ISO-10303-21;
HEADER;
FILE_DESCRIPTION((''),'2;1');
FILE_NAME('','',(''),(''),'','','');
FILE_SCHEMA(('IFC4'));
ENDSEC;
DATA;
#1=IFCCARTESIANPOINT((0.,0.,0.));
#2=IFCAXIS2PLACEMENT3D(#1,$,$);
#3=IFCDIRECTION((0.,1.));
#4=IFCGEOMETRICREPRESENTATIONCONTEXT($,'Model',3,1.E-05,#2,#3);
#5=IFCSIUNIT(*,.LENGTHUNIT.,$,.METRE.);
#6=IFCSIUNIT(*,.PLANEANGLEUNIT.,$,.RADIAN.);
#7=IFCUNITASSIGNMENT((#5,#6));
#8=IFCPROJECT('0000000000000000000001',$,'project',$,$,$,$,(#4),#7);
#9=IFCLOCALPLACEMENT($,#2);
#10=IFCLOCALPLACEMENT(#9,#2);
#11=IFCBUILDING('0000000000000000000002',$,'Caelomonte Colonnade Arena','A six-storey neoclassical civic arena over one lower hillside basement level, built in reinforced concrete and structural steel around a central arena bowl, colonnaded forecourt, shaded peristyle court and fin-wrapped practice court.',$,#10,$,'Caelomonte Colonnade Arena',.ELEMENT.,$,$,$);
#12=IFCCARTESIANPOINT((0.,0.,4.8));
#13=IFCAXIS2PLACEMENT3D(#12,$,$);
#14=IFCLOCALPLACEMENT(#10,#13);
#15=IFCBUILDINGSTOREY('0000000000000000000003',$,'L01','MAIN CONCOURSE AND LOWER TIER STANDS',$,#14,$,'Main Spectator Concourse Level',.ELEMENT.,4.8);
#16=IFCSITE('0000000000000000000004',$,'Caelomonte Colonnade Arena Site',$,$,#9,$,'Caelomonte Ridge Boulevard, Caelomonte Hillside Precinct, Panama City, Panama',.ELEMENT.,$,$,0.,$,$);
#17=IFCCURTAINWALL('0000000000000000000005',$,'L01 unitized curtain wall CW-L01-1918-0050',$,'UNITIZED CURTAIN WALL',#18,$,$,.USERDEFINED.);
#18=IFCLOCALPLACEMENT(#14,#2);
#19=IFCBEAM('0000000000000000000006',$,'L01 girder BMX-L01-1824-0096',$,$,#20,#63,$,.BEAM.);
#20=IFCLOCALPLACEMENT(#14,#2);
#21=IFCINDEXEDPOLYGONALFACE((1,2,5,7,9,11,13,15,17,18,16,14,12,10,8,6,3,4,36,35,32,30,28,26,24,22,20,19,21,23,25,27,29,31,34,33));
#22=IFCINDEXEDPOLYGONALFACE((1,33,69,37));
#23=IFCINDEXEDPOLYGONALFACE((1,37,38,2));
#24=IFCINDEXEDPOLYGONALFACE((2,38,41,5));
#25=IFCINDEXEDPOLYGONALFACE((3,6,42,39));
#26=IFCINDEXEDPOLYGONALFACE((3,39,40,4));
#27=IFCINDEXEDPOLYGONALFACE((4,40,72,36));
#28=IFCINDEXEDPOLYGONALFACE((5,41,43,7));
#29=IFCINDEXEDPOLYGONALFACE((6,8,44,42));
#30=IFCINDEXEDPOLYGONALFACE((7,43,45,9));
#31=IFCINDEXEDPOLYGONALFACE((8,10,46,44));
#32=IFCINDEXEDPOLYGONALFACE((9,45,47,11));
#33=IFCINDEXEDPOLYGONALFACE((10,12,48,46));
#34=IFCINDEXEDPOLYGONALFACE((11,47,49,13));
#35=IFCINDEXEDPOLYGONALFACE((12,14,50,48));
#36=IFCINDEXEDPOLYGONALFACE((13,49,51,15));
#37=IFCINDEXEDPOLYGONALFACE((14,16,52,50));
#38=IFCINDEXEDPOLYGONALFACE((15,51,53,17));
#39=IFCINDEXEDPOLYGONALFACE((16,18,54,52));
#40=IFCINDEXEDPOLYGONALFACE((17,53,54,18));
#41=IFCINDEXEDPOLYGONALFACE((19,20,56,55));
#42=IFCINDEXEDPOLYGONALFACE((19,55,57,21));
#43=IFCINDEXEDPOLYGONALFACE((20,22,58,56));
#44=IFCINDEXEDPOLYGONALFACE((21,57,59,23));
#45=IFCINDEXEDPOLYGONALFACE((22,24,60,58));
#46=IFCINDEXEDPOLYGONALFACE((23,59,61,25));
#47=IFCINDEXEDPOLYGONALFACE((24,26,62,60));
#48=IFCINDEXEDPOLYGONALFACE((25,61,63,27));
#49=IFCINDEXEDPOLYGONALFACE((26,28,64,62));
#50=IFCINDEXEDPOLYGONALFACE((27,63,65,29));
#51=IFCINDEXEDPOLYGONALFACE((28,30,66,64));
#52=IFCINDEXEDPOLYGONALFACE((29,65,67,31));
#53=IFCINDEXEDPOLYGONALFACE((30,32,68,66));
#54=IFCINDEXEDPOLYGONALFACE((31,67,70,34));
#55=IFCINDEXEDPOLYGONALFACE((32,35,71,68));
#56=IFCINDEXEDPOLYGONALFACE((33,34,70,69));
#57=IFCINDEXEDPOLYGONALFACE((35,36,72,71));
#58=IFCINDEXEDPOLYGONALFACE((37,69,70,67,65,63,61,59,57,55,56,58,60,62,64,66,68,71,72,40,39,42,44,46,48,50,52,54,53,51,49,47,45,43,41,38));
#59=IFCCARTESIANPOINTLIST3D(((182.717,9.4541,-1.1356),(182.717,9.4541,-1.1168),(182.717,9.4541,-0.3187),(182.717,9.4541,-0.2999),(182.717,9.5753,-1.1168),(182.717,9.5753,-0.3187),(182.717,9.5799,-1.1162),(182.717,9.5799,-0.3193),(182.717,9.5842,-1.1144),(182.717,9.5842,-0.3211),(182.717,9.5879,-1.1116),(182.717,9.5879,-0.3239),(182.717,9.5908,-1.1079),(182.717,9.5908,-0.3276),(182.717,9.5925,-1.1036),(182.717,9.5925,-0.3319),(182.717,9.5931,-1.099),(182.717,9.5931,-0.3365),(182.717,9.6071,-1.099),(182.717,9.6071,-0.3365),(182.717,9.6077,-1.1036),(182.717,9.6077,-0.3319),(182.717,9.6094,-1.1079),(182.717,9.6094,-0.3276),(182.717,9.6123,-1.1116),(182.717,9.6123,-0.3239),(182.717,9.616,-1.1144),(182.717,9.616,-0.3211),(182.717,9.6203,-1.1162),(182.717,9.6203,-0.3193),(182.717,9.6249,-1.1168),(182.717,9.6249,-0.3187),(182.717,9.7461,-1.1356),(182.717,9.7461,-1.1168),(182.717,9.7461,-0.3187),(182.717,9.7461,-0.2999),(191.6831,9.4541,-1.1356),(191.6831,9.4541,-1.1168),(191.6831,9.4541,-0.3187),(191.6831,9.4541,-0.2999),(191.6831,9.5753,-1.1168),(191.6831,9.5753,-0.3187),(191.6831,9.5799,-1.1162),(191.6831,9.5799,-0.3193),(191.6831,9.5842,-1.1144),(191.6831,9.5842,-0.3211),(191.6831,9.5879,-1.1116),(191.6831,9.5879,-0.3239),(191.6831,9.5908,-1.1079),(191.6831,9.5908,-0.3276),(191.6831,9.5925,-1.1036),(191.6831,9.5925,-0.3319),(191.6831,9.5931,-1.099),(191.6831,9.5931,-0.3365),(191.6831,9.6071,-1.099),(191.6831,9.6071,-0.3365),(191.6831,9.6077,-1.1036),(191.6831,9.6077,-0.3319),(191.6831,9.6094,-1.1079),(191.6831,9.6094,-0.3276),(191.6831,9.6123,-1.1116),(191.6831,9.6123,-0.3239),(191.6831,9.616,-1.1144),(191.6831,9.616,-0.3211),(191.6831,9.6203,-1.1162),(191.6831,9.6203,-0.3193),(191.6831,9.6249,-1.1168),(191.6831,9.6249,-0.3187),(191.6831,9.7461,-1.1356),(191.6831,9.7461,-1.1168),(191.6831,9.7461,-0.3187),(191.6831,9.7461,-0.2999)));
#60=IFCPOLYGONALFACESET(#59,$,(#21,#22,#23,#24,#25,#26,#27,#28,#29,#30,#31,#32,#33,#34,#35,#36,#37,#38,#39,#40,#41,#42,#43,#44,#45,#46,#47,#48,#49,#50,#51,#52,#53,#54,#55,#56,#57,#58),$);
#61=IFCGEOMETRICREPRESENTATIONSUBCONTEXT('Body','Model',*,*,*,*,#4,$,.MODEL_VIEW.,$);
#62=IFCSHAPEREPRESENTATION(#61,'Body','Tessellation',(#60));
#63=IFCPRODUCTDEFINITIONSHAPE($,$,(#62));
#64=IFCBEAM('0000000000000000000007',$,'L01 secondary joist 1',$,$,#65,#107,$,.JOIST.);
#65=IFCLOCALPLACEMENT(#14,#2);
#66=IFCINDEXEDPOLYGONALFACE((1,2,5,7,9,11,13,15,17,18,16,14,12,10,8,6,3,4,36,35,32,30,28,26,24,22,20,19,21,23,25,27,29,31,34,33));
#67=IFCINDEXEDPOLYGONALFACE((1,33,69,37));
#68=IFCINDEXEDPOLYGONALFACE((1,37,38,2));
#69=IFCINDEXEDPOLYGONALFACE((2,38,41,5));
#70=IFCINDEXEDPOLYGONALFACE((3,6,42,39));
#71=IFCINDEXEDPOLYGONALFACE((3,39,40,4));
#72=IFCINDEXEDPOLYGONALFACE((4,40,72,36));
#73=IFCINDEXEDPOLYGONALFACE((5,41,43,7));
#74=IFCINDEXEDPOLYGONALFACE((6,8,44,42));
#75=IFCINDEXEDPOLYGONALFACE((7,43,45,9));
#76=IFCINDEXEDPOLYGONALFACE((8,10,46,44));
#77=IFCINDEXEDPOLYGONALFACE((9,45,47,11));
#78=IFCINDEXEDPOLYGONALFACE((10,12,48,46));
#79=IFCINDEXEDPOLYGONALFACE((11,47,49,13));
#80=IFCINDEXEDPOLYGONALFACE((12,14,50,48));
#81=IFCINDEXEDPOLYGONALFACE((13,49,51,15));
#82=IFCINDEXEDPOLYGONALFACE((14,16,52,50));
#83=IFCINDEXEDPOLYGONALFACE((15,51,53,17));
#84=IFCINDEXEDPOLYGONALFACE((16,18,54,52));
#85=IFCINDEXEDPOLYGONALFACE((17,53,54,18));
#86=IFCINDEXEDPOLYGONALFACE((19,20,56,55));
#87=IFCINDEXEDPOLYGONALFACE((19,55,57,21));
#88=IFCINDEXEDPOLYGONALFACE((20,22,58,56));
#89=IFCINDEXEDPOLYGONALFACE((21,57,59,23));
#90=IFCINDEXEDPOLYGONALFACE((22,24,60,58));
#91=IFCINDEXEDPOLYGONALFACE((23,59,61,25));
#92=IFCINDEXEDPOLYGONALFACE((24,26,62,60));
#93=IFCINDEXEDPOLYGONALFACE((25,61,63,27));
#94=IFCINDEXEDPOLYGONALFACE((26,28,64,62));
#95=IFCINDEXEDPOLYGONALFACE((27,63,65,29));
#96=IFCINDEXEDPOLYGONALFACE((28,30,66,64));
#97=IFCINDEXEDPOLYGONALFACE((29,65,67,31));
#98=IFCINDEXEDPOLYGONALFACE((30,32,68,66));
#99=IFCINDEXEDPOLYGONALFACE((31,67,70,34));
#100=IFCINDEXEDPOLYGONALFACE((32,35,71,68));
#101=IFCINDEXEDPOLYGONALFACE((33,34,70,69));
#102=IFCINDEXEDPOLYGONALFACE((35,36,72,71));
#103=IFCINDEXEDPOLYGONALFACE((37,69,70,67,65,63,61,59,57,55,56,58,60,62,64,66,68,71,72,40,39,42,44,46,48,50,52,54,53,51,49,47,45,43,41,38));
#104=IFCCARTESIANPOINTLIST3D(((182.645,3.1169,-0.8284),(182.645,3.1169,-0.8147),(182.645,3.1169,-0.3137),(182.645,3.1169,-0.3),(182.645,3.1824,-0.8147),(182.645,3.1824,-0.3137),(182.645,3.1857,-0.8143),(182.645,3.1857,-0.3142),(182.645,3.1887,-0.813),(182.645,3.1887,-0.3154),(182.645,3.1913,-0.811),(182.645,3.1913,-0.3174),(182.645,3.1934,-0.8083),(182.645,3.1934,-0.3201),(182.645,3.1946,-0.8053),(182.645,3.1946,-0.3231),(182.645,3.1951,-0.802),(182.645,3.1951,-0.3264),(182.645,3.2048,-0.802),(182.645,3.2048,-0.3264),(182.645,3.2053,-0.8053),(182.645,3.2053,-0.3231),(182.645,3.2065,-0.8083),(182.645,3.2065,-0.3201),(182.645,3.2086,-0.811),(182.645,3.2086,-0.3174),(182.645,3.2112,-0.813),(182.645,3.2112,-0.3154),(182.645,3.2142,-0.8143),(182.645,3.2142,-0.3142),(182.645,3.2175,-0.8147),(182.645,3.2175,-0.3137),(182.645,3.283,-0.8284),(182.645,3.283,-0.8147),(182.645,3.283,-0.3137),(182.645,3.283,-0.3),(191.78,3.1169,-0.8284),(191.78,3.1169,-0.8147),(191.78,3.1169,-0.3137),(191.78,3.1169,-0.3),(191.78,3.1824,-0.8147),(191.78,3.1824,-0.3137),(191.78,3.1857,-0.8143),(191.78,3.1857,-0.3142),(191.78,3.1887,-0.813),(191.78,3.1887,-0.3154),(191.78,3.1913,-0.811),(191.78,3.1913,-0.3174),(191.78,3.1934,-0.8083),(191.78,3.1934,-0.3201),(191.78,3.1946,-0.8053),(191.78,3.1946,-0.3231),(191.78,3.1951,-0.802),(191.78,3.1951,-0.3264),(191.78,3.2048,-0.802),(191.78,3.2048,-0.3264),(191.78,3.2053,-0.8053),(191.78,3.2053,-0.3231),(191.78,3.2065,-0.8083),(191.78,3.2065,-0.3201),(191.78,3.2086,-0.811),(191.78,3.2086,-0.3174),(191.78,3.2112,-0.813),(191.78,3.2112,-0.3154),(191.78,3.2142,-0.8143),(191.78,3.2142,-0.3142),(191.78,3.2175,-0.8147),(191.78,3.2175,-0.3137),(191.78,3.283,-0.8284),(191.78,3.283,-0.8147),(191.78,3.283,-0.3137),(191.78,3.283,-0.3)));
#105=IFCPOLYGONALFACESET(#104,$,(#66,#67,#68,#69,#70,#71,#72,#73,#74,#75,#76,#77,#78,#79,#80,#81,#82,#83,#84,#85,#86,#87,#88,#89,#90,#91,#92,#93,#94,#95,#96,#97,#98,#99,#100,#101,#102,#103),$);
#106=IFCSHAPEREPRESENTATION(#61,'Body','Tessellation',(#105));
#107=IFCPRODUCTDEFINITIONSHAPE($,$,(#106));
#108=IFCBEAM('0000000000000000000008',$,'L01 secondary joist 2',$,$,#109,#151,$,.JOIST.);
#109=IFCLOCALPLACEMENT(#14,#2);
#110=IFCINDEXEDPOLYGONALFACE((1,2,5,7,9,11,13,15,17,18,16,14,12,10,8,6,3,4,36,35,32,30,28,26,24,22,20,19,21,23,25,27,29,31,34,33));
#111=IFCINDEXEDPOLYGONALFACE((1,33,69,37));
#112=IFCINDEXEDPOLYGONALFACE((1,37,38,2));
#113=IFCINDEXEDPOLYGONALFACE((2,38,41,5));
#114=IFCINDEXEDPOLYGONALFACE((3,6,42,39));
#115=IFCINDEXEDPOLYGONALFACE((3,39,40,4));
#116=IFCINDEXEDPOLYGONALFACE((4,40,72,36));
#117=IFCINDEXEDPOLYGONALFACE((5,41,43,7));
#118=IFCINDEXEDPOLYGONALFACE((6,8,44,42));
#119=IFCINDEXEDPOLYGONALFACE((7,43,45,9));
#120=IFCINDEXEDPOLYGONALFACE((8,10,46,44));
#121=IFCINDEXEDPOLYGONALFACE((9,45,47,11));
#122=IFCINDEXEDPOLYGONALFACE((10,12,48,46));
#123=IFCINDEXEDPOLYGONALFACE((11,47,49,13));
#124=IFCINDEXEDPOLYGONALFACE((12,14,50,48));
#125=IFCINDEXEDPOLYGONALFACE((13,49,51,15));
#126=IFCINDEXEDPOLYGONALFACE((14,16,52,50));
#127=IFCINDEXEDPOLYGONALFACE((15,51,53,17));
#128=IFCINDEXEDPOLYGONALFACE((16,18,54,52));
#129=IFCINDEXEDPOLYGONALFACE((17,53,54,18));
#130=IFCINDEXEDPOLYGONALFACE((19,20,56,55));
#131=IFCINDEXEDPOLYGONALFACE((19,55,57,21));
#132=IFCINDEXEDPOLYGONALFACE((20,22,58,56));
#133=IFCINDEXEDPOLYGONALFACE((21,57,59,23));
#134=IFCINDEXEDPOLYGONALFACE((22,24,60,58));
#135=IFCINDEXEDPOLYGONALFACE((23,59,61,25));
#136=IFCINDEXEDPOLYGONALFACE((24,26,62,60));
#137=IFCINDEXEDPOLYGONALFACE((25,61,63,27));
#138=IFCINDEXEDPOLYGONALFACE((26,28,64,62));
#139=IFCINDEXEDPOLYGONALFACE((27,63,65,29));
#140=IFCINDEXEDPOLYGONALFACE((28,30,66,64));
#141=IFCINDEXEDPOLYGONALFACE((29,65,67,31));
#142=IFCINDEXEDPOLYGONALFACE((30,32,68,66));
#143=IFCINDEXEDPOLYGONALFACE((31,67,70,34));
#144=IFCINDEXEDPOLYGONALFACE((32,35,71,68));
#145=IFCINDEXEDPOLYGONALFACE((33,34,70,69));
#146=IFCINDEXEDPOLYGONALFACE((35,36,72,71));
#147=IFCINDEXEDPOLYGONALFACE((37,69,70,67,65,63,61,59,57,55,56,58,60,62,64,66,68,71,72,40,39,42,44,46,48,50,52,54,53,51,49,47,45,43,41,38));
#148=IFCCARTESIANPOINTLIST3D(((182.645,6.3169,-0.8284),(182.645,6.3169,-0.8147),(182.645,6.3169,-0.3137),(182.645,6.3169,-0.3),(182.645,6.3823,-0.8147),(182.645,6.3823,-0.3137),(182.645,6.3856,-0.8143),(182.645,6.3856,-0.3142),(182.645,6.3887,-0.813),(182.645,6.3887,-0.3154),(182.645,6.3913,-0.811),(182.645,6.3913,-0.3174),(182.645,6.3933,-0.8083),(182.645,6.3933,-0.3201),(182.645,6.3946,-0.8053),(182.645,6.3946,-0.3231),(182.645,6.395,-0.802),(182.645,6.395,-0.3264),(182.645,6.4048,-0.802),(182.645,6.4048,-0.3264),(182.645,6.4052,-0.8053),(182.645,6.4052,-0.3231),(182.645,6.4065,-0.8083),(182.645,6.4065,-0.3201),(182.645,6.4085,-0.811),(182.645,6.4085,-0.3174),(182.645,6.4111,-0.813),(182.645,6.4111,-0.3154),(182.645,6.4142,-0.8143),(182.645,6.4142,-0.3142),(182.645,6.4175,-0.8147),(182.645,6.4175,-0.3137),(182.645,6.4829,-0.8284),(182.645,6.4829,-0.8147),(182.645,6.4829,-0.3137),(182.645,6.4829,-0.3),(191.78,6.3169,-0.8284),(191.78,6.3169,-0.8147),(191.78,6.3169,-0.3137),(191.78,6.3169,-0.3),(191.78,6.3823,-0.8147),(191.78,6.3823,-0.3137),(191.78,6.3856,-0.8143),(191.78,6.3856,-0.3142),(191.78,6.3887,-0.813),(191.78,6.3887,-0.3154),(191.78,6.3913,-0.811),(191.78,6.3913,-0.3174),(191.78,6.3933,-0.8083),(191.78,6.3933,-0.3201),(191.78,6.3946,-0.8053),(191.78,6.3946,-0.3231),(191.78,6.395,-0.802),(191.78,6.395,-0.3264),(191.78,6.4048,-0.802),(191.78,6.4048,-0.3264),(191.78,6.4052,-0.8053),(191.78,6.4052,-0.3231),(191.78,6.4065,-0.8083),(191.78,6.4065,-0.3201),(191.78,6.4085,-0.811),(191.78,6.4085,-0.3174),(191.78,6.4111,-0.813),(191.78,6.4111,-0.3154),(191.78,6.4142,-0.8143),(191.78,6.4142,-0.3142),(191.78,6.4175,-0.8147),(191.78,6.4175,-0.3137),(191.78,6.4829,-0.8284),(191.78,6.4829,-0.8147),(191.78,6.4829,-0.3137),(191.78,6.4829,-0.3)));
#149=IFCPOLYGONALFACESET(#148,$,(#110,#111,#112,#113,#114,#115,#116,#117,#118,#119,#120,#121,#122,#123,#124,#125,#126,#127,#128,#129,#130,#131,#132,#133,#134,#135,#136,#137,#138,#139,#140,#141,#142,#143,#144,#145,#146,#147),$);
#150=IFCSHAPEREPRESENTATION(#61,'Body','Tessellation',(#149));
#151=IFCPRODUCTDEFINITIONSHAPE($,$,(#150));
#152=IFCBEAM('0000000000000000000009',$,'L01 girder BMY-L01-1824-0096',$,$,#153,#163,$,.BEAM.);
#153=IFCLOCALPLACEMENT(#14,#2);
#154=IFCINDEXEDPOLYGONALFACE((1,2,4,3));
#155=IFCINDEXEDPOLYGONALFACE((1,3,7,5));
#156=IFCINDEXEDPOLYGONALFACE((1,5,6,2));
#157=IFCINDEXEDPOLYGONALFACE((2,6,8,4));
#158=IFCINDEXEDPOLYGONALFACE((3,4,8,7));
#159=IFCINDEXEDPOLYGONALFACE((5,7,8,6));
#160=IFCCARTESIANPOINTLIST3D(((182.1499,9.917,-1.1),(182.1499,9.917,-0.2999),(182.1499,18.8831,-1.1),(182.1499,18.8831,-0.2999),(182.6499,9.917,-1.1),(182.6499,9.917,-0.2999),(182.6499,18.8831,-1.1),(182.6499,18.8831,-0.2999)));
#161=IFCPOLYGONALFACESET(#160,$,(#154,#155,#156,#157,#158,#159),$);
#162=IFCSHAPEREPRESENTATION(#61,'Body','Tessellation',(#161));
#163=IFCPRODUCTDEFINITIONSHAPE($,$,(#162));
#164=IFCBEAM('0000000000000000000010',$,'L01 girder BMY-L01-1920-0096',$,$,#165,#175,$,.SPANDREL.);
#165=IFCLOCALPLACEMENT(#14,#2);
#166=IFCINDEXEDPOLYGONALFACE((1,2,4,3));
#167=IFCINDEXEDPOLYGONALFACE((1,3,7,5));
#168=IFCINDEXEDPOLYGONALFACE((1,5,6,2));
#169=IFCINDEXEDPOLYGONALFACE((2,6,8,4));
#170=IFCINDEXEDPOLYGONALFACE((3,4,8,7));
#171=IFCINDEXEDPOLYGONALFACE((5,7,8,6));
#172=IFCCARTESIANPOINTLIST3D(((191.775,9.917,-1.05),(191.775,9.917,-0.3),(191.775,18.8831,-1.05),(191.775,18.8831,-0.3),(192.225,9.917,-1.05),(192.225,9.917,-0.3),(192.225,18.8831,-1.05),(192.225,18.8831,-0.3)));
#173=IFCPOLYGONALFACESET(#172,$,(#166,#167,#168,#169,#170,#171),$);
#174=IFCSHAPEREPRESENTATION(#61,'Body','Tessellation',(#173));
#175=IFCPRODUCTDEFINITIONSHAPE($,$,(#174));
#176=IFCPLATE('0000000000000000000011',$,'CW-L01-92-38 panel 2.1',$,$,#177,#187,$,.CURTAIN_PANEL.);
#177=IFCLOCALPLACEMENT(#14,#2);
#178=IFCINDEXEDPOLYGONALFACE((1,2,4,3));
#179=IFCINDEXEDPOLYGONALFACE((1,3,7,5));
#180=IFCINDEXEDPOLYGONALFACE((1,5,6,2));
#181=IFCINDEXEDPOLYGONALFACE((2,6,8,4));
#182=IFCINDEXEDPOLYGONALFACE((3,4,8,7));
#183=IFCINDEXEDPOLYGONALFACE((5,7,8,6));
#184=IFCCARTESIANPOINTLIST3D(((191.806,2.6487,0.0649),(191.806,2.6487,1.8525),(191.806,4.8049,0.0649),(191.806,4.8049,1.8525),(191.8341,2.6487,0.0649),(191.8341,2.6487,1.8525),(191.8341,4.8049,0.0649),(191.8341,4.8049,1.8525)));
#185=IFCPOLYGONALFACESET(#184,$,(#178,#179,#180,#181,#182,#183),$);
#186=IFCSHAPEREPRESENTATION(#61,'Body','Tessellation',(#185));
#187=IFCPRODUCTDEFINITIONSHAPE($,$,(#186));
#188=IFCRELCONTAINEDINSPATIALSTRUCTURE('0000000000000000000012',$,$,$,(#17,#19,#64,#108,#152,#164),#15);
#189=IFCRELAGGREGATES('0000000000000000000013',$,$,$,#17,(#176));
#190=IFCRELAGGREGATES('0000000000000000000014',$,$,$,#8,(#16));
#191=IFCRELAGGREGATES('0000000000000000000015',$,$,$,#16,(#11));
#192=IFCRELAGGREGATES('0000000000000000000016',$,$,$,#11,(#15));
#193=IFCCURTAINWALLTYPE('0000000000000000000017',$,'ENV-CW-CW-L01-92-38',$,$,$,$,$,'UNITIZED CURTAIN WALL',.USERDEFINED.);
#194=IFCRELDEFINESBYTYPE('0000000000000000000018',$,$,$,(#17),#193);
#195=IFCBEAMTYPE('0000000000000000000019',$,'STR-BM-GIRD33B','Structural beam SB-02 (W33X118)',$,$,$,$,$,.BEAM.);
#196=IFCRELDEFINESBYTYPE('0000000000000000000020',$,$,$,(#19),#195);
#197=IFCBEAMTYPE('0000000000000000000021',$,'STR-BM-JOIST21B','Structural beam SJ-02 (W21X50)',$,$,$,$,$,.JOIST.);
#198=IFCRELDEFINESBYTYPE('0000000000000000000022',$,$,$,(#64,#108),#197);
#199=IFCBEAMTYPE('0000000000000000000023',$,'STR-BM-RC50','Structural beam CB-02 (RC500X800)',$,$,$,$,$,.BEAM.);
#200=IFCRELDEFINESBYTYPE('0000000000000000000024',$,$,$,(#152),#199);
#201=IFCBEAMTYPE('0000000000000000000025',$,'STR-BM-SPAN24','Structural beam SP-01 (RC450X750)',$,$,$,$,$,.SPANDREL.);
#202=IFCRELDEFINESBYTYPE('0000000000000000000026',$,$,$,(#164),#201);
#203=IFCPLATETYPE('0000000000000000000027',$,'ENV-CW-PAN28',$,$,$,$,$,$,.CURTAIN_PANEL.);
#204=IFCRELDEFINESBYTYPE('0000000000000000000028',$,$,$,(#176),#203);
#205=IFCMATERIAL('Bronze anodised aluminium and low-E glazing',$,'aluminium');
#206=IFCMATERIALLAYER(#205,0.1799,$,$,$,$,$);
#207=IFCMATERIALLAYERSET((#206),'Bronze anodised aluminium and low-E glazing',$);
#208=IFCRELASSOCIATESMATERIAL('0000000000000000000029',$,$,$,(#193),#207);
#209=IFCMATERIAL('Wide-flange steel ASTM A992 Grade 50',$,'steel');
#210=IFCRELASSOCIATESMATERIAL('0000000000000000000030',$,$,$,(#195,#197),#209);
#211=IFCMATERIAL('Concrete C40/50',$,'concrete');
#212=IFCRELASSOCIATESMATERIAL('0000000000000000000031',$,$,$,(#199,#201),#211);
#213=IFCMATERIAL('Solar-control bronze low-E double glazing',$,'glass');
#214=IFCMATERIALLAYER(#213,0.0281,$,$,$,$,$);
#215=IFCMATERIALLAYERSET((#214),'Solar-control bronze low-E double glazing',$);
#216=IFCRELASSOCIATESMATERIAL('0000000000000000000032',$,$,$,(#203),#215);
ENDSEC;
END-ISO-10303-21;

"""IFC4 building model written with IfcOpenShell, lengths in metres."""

from ifc_helpers import new_model, si_unit, direction, frame, origin, origin_2d, place, context, subcontext, project, spatial, rectangle, i_section, extrude, material, layer, layer_set, material_profile, profile_set, type_object, element, aggregate, save


model = new_model("IFC4")

# Units and contexts
model_context = context("Model", 3, precision=1e-05, world=origin(), true_north=direction((0.0, 1.0)))
body_context = subcontext(model_context, "Body", "Model", "MODEL_VIEW")
ifc_project = project(units=[si_unit("LENGTHUNIT", "METRE"), si_unit("PLANEANGLEUNIT", "RADIAN")], contexts=[model_context])

# Site, building, storey
site_placement = place(None, origin())
site = spatial("IfcSite", under=ifc_project, at=site_placement, Name="Caelomonte Colonnade Arena Site", LongName="Caelomonte Ridge Boulevard, Caelomonte Hillside Precinct, Panama City, Panama", CompositionType="ELEMENT", RefElevation=0.0)
building_placement = place(site_placement, origin())
building = spatial("IfcBuilding", under=site, at=building_placement, Name="Caelomonte Colonnade Arena", Description="A six-storey neoclassical civic arena over one lower hillside basement level, built in reinforced concrete and structural steel around a central arena bowl, colonnaded forecourt, shaded peristyle court and fin-wrapped practice court.", LongName="Caelomonte Colonnade Arena", CompositionType="ELEMENT")
storey_placement = place(building_placement, frame((0.0, 0.0, 4.8)))
storey = spatial("IfcBuildingStorey", under=building, at=storey_placement, Name="L01", Description="MAIN CONCOURSE AND LOWER TIER STANDS", LongName="Main Spectator Concourse Level", CompositionType="ELEMENT", Elevation=4.8)

# Shared definitions
ifc_material_1 = material(Name="Concrete C40/50", Category="concrete")

# Curtain wall
ifc_material_2 = material(Name="Bronze anodised aluminium and low-E glazing", Category="aluminium")
ifc_layer_1 = layer(ifc_material_2, 0.1799)
ifc_layer_set_1 = layer_set([ifc_layer_1], Name="Bronze anodised aluminium and low-E glazing")
curtain_wall_type_1 = type_object("IfcCurtainWallType", Name="ENV-CW-CW-L01-92-38", ElementType="UNITIZED CURTAIN WALL", PredefinedType="USERDEFINED", material=ifc_layer_set_1)
curtain_wall_1_placement = place(storey_placement, origin())
curtain_wall_1 = element("IfcCurtainWall", 1, at=curtain_wall_1_placement, inside=storey, type_object=curtain_wall_type_1, Name="L01 unitized curtain wall CW-L01-1918-0050", ObjectType="UNITIZED CURTAIN WALL", PredefinedType="USERDEFINED")

# Beams
ifc_material_3 = material(Name="Wide-flange steel ASTM A992 Grade 50", Category="steel")
ifc_material_profile_1 = material_profile(ifc_material_3, i_section(OverallWidth=0.292, OverallDepth=0.8357, WebThickness=0.0139, FlangeThickness=0.0188, FilletRadius=0.0178, at=origin_2d()), Name="W33X118")
ifc_profile_set_1 = profile_set([ifc_material_profile_1], Name="Wide-flange steel ASTM A992 Grade 50")
beam_type_1 = type_object("IfcBeamType", Name="STR-BM-GIRD33B", Description="Structural beam SB-02 (W33X118)", PredefinedType="BEAM", material=ifc_profile_set_1)
beam_1_placement = place(storey_placement, frame((182.717, 9.6001, -0.7178), z_axis=(1.0, 0.0, 0.0), x_axis=(0.0, 1.0, 0.0)))
element("IfcBeam", 2, at=beam_1_placement, inside=storey, type_object=beam_type_1, Name="L01 girder BMX-L01-1824-0096", PredefinedType="BEAM", context=body_context, shape_type="SweptSolid", body=[
    extrude(i_section(OverallWidth=0.292, OverallDepth=0.8357, WebThickness=0.0139, FlangeThickness=0.0188, FilletRadius=0.0178, at=origin_2d()), origin(), (0.0, 0.0, 1.0), 8.9661),
])
ifc_material_profile_2 = material_profile(ifc_material_3, i_section(OverallWidth=0.166, OverallDepth=0.5283, WebThickness=0.0098, FlangeThickness=0.0137, FilletRadius=0.0127, at=origin_2d()), Name="W21X50")
ifc_profile_set_2 = profile_set([ifc_material_profile_2], Name="Wide-flange steel ASTM A992 Grade 50")
beam_type_2 = type_object("IfcBeamType", Name="STR-BM-JOIST21B", Description="Structural beam SJ-02 (W21X50)", PredefinedType="JOIST", material=ifc_profile_set_2)
for number, where, z_axis, x_axis, name in (
    (3, (182.645, 3.2, -0.5642), (1.0, 0.0, 0.0), (0.0, 1.0, 0.0), "L01 secondary joist 1"),
    (4, (182.645, 6.3999, -0.5642), (1.0, 0.0, 0.0), (0.0, 1.0, 0.0), "L01 secondary joist 2"),
):
    element("IfcBeam", number, at=place(storey_placement, frame(where, z_axis=z_axis, x_axis=x_axis)), inside=storey, type_object=beam_type_2, Name=name, PredefinedType="JOIST", context=body_context, shape_type="SweptSolid", body=[
        extrude(i_section(OverallWidth=0.166, OverallDepth=0.5283, WebThickness=0.0098, FlangeThickness=0.0137, FilletRadius=0.0127, at=origin_2d()), origin(), (0.0, 0.0, 1.0), 9.135),
    ])
ifc_material_profile_3 = material_profile(ifc_material_1, rectangle(XDim=0.5, YDim=0.8, at=origin_2d()), Name="RC500X800")
ifc_profile_set_3 = profile_set([ifc_material_profile_3], Name="Concrete C40/50")
beam_type_3 = type_object("IfcBeamType", Name="STR-BM-RC50", Description="Structural beam CB-02 (RC500X800)", PredefinedType="BEAM", material=ifc_profile_set_3)
beam_2_placement = place(storey_placement, frame((182.3999, 9.917, -0.7), z_axis=(0.0, 1.0, 0.0), x_axis=(-1.0, 0.0, 0.0)))
element("IfcBeam", 5, at=beam_2_placement, inside=storey, type_object=beam_type_3, Name="L01 girder BMY-L01-1824-0096", PredefinedType="BEAM", context=body_context, shape_type="SweptSolid", body=[
    extrude(rectangle(XDim=0.5, YDim=0.8, at=origin_2d()), origin(), (0.0, 0.0, 1.0), 8.9661),
])
ifc_material_profile_4 = material_profile(ifc_material_1, rectangle(XDim=0.45, YDim=0.75, at=origin_2d()), Name="RC450X750")
ifc_profile_set_4 = profile_set([ifc_material_profile_4], Name="Concrete C40/50")
beam_type_4 = type_object("IfcBeamType", Name="STR-BM-SPAN24", Description="Structural beam SP-01 (RC450X750)", PredefinedType="SPANDREL", material=ifc_profile_set_4)
beam_3_placement = place(storey_placement, frame((192.0, 9.917, -0.675), z_axis=(0.0, 1.0, 0.0), x_axis=(-1.0, 0.0, 0.0)))
element("IfcBeam", 6, at=beam_3_placement, inside=storey, type_object=beam_type_4, Name="L01 girder BMY-L01-1920-0096", PredefinedType="SPANDREL", context=body_context, shape_type="SweptSolid", body=[
    extrude(rectangle(XDim=0.45, YDim=0.75, at=origin_2d()), origin(), (0.0, 0.0, 1.0), 8.9661),
])

# Plate
ifc_material_4 = material(Name="Solar-control bronze low-E double glazing", Category="glass")
ifc_layer_2 = layer(ifc_material_4, 0.0281)
ifc_layer_set_2 = layer_set([ifc_layer_2], Name="Solar-control bronze low-E double glazing")
plate_type = type_object("IfcPlateType", Name="ENV-CW-PAN28", PredefinedType="CURTAIN_PANEL", material=ifc_layer_set_2)
plate_1_placement = place(storey_placement, frame((191.8201, 3.7268, 0.0649), z_axis=(0.0, 0.0, 1.0), x_axis=(0.0, 1.0, 0.0)))
plate_1 = element("IfcPlate", 7, at=plate_1_placement, type_object=plate_type, Name="CW-L01-92-38 panel 2.1", PredefinedType="CURTAIN_PANEL", context=body_context, shape_type="SweptSolid", body=[
    extrude(rectangle(XDim=2.1562, YDim=0.0281, at=origin_2d()), origin(), (0.0, 0.0, 1.0), 1.7876),
])
aggregate(curtain_wall_1, [plate_1])

save(model, "model.ifc")
